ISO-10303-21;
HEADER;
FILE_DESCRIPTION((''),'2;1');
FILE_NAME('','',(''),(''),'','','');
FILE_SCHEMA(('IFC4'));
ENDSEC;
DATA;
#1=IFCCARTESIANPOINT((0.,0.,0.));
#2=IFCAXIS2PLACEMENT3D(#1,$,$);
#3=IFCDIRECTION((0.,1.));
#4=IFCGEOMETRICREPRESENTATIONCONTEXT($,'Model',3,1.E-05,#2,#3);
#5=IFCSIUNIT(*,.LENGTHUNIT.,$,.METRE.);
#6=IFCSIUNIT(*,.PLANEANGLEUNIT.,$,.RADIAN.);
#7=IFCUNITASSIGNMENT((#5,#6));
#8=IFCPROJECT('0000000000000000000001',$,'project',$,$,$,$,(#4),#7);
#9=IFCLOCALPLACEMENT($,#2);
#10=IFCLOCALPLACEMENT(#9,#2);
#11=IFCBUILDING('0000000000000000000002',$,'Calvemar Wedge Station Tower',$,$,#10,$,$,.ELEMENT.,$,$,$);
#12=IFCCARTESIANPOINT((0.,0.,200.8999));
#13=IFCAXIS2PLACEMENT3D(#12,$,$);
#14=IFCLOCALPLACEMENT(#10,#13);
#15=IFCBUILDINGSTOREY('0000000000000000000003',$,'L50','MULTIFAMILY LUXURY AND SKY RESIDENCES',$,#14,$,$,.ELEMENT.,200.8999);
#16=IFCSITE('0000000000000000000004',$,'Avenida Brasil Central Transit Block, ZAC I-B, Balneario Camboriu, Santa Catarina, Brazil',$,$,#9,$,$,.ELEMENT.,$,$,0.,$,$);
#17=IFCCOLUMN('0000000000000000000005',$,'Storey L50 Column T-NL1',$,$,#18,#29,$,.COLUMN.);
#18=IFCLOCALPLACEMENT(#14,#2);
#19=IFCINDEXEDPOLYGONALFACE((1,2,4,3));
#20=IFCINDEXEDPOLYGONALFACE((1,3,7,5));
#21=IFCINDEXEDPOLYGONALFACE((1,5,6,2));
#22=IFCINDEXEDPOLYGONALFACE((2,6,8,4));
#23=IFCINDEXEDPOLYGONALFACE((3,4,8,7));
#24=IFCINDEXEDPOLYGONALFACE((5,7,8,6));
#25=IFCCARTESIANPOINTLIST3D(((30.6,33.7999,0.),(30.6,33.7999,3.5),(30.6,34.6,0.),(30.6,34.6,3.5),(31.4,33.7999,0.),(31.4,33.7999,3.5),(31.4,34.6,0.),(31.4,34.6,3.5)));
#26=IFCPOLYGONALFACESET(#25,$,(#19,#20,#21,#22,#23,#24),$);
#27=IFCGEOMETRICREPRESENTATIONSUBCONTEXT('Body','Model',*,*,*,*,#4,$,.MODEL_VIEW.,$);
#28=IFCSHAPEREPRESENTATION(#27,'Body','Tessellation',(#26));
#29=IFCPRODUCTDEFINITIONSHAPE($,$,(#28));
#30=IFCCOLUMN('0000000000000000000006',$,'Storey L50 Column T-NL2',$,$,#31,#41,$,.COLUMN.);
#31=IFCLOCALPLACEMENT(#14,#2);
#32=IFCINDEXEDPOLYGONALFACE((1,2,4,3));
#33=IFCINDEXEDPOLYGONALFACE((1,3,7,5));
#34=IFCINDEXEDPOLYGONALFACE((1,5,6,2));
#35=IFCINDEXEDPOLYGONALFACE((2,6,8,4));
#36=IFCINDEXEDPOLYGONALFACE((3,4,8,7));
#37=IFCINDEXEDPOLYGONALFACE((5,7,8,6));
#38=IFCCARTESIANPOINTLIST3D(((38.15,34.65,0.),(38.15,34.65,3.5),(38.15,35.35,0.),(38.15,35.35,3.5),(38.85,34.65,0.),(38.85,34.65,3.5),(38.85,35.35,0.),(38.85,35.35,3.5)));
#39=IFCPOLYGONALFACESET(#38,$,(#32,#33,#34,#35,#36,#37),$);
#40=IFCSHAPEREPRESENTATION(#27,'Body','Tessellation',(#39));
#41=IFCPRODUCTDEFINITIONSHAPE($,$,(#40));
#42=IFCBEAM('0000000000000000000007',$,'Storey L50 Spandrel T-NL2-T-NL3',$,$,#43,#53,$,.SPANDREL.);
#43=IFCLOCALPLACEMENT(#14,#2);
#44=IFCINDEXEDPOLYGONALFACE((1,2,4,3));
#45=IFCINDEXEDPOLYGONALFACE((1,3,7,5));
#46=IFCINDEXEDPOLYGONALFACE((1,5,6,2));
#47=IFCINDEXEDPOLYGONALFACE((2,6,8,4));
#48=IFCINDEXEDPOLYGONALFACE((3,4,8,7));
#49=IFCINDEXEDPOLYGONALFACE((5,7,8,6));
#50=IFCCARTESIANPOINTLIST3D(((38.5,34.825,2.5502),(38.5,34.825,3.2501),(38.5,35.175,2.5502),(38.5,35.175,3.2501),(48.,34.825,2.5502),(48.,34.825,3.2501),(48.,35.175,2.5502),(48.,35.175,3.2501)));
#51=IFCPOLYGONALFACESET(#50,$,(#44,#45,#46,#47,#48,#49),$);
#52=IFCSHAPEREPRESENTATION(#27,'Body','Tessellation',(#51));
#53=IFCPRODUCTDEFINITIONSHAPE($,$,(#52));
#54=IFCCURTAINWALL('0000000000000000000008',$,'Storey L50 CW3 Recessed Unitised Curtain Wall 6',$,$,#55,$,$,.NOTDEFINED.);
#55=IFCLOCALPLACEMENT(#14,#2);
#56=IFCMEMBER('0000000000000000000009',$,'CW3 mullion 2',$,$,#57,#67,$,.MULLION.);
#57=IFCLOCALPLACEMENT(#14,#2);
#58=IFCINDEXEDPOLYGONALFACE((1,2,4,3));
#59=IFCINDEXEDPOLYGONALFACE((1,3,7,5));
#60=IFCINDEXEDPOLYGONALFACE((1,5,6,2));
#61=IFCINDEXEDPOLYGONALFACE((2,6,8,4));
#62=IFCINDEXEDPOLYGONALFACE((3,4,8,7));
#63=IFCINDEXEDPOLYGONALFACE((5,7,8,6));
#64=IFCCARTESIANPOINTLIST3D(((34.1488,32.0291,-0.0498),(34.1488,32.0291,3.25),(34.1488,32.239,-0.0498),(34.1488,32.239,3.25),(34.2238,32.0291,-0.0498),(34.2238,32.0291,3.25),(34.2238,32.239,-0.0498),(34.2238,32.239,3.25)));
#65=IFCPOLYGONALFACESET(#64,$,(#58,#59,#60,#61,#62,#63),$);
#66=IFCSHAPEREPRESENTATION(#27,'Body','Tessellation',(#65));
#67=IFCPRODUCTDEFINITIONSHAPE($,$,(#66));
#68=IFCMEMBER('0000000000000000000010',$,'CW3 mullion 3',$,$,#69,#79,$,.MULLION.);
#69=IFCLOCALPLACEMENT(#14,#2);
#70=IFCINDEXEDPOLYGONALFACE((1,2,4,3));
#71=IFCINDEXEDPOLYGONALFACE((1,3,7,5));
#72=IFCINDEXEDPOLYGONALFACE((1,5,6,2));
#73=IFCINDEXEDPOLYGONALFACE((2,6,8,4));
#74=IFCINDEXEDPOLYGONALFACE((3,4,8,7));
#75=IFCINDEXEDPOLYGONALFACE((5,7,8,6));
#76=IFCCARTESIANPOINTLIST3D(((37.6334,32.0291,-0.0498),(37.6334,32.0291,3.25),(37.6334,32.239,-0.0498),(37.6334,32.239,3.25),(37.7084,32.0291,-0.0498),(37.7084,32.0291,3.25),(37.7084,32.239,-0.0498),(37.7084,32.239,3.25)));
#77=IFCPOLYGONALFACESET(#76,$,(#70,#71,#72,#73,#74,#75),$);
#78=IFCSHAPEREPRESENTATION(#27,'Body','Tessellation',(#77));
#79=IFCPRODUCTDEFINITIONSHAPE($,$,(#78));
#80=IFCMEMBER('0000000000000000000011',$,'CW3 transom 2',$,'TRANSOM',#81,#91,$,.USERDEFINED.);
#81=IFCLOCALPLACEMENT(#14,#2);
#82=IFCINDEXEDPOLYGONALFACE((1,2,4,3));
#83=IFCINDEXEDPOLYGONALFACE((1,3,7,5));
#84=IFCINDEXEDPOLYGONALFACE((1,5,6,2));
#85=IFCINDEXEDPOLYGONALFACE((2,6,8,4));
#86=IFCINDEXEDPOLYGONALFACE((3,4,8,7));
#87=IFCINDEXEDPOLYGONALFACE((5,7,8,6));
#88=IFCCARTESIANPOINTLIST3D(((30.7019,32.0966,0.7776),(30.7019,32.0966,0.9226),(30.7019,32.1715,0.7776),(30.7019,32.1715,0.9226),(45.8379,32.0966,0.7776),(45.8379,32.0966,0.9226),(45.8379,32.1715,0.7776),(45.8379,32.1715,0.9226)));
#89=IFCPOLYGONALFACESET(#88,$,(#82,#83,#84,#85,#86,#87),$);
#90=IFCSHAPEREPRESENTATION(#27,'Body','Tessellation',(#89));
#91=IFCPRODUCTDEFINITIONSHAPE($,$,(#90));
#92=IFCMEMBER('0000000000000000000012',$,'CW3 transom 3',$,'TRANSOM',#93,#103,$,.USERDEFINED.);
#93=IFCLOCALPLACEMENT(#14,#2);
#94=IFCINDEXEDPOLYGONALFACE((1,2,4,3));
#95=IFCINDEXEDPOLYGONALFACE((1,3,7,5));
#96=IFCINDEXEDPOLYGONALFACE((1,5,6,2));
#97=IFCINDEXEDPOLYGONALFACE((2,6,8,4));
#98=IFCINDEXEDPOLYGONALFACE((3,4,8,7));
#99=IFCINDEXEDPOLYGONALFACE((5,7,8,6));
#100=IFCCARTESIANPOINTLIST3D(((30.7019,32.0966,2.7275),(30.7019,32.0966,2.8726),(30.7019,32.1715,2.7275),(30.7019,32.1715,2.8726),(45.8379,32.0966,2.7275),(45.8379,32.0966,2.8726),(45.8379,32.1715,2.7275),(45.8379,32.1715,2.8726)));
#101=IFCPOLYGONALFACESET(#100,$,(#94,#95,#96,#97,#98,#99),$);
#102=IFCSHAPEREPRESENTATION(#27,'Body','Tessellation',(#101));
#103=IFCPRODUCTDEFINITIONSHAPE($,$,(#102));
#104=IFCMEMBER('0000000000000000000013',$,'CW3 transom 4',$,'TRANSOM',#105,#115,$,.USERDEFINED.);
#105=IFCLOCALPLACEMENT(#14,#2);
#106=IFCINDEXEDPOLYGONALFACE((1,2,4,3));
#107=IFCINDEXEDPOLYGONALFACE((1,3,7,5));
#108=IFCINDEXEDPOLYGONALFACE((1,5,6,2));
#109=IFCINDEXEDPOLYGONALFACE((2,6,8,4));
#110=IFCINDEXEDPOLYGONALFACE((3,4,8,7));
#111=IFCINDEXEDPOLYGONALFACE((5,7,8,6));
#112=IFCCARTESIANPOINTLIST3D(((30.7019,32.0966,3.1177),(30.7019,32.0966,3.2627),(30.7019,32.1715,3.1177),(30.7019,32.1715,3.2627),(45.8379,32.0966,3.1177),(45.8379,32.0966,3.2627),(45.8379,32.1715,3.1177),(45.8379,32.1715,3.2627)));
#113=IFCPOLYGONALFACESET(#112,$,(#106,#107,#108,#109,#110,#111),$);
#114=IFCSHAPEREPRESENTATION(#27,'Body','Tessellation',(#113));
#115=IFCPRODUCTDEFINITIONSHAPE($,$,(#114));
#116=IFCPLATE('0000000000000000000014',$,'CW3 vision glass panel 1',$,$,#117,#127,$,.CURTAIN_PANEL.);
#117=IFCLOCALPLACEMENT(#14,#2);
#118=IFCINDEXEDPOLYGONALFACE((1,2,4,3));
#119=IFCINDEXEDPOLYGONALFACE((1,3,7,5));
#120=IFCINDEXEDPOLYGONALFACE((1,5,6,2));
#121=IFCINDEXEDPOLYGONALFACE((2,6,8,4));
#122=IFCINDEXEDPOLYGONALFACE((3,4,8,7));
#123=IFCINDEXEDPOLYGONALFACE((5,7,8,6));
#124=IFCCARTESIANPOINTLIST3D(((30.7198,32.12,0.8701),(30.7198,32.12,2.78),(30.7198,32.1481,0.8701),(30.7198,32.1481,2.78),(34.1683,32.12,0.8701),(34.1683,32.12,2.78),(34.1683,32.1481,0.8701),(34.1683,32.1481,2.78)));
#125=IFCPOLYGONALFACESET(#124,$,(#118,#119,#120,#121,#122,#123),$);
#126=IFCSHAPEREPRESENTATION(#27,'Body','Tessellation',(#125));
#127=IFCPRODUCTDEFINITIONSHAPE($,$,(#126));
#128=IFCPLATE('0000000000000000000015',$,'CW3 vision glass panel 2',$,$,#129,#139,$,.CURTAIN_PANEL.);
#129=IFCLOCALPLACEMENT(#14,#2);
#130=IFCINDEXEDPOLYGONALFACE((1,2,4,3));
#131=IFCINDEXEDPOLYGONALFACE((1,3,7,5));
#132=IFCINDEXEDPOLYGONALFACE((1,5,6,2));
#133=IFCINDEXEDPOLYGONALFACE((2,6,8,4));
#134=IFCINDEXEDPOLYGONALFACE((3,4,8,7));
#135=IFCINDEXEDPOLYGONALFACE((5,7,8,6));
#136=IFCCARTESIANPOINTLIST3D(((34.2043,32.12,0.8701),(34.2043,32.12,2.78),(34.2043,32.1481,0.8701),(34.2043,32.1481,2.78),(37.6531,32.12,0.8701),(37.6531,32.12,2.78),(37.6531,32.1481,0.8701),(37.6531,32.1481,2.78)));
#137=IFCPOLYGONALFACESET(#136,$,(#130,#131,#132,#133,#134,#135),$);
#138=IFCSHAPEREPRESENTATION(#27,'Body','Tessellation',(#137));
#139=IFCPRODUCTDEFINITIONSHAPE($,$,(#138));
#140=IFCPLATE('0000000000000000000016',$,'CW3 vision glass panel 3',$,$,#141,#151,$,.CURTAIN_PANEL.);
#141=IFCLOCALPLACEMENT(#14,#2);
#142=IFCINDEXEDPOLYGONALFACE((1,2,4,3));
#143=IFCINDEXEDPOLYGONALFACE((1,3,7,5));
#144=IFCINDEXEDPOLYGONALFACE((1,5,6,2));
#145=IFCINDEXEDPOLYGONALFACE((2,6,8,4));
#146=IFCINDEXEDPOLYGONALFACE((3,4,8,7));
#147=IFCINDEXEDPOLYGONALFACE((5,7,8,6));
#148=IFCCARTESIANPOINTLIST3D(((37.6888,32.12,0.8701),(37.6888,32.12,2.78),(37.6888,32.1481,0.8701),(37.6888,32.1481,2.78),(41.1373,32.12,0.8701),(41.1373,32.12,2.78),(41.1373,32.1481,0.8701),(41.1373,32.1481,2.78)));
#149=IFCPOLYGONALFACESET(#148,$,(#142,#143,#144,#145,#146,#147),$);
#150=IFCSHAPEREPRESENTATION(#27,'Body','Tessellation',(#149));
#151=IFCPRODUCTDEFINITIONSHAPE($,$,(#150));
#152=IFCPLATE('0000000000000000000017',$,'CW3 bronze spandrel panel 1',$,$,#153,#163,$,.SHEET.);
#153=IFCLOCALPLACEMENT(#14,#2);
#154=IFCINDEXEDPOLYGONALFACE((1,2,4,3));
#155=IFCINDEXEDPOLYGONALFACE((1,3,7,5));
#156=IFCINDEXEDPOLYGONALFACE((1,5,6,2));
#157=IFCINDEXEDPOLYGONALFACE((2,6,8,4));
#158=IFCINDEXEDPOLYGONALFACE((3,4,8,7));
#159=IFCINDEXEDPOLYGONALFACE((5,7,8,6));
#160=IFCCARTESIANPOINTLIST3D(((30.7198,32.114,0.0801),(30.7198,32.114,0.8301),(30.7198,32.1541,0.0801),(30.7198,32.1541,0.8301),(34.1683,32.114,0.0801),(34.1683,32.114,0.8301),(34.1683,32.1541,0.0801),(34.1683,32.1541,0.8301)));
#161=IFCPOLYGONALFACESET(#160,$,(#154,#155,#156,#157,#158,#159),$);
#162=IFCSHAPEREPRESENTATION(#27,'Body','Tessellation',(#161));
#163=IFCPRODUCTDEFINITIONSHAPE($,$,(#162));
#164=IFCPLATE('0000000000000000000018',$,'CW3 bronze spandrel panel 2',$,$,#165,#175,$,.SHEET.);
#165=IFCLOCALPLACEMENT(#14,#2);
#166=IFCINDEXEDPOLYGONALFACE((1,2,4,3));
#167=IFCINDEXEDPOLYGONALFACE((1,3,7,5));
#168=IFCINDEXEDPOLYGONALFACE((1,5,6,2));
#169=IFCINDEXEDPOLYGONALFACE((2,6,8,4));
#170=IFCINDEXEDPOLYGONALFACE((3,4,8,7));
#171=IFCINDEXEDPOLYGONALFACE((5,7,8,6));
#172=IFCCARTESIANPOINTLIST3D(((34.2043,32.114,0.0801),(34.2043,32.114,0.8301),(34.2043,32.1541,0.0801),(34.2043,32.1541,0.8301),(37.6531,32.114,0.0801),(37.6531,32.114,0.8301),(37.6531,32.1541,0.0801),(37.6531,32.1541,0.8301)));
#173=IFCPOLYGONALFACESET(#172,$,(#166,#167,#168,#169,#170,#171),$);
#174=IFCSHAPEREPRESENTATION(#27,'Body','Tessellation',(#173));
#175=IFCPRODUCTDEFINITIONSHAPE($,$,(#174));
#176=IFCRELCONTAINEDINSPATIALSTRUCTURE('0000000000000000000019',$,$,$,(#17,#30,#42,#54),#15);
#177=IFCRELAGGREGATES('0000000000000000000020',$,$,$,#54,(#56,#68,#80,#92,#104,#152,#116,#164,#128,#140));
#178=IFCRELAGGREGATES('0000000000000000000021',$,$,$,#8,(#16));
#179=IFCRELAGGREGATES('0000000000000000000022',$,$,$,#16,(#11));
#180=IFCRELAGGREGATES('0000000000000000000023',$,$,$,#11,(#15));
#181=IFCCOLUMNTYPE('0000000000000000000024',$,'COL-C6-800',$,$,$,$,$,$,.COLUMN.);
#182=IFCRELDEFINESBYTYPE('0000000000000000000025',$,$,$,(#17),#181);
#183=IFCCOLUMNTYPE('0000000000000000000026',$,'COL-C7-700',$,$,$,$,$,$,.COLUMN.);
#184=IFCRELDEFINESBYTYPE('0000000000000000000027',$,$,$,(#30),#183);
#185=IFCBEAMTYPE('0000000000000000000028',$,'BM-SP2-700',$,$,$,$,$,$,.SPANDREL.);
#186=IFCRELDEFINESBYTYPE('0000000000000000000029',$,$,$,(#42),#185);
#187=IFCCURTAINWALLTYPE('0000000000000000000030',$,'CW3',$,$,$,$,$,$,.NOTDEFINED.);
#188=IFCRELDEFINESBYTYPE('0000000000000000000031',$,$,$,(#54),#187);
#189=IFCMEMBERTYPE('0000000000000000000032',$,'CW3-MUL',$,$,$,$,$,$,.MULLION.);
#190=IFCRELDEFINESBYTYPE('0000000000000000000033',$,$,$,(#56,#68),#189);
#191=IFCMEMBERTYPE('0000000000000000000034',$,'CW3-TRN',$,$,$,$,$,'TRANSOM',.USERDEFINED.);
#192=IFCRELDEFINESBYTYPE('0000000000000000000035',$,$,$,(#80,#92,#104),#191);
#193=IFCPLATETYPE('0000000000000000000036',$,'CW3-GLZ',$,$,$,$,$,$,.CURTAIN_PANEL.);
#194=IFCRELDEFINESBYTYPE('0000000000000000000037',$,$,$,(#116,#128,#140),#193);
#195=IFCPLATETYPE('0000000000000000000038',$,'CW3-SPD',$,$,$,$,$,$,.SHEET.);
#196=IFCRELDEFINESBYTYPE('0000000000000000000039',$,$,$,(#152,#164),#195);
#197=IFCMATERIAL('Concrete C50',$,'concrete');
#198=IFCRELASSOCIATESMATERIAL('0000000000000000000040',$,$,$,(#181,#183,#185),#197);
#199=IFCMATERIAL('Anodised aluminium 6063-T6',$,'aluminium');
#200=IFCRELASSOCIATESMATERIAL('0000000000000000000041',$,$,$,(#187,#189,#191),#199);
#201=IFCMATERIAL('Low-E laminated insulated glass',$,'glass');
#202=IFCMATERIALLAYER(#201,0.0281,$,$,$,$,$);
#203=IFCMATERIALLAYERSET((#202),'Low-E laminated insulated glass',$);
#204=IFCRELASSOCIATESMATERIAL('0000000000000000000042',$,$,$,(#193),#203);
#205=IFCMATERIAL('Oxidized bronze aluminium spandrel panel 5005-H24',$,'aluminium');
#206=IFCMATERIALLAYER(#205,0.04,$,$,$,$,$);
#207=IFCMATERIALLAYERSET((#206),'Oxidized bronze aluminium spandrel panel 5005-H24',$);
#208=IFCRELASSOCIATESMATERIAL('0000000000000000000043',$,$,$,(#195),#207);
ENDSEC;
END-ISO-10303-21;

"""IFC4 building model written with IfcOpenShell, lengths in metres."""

from ifc_helpers import new_model, si_unit, direction, frame, frame_2d, origin, origin_2d, place, context, subcontext, project, spatial, rectangle, extrude, source, transform, mapped, material, layer, layer_set, material_profile, profile_set, type_object, element, aggregate, save


model = new_model("IFC4")

# Units and contexts
model_context = context("Model", 3, precision=1e-05, world=origin(), true_north=direction((0.0, 1.0)))
body_context = subcontext(model_context, "Body", "Model", "MODEL_VIEW")
ifc_project = project(units=[si_unit("LENGTHUNIT", "METRE"), si_unit("PLANEANGLEUNIT", "RADIAN")], contexts=[model_context])

# Site, building, storey
site_placement = place(None, origin())
site = spatial("IfcSite", under=ifc_project, at=site_placement, Name="Avenida Brasil Central Transit Block, ZAC I-B, Balneario Camboriu, Santa Catarina, Brazil", CompositionType="ELEMENT", RefElevation=0.0)
building_placement = place(site_placement, origin())
building = spatial("IfcBuilding", under=site, at=building_placement, Name="Calvemar Wedge Station Tower", CompositionType="ELEMENT")
storey_placement = place(building_placement, frame((0.0, 0.0, 200.8999)))
storey = spatial("IfcBuildingStorey", under=building, at=storey_placement, Name="L50", Description="MULTIFAMILY LUXURY AND SKY RESIDENCES", CompositionType="ELEMENT", Elevation=200.8999)

# Columns
ifc_material_1 = material(Name="Concrete C50", Category="concrete")
ifc_material_profile_1 = material_profile(ifc_material_1, rectangle(XDim=0.8, YDim=0.8, at=origin_2d()), Name="RC800x800")
ifc_profile_set_1 = profile_set([ifc_material_profile_1], Name="Concrete C50")
column_type_1 = type_object("IfcColumnType", Name="COL-C6-800", PredefinedType="COLUMN", material=ifc_profile_set_1)
shared_shape_1 = source(origin(), body_context, "Body", "SweptSolid", [
    extrude(rectangle(XDim=0.8, YDim=0.8, at=origin_2d()), origin(), (0.0, 0.0, 1.0), 3.5),
])
column_1_placement = place(storey_placement, frame((31.0, 34.2, 0.0), z_axis=(0.0, 0.0, 1.0), x_axis=(1.0, 0.0, 0.0)))
element("IfcColumn", 1, at=column_1_placement, inside=storey, type_object=column_type_1, Name="Storey L50 Column T-NL1", PredefinedType="COLUMN", context=body_context, shape_type="MappedRepresentation", body=[
    mapped(shared_shape_1, transform((0.0, 0.0, 0.0), scale=1.0)),
])
ifc_material_profile_2 = material_profile(ifc_material_1, rectangle(XDim=0.7, YDim=0.7, at=origin_2d()), Name="RC700x700")
ifc_profile_set_2 = profile_set([ifc_material_profile_2], Name="Concrete C50")
column_type_2 = type_object("IfcColumnType", Name="COL-C7-700", PredefinedType="COLUMN", material=ifc_profile_set_2)
shared_shape_2 = source(origin(), body_context, "Body", "SweptSolid", [
    extrude(rectangle(XDim=0.7, YDim=0.7, at=origin_2d()), origin(), (0.0, 0.0, 1.0), 3.5),
])
column_2_placement = place(storey_placement, frame((38.5, 35.0, 0.0), z_axis=(0.0, 0.0, 1.0), x_axis=(1.0, 0.0, 0.0)))
element("IfcColumn", 2, at=column_2_placement, inside=storey, type_object=column_type_2, Name="Storey L50 Column T-NL2", PredefinedType="COLUMN", context=body_context, shape_type="MappedRepresentation", body=[
    mapped(shared_shape_2, transform((0.0, 0.0, 0.0), scale=1.0)),
])

# Beam
ifc_material_profile_3 = material_profile(ifc_material_1, rectangle(XDim=0.3501, YDim=0.7, at=origin_2d()), Name="RC350x700")
ifc_profile_set_3 = profile_set([ifc_material_profile_3], Name="Concrete C50")
beam_type = type_object("IfcBeamType", Name="BM-SP2-700", PredefinedType="SPANDREL", material=ifc_profile_set_3)
shared_shape_3 = source(origin(), body_context, "Body", "SweptSolid", [
    extrude(rectangle(XDim=0.3501, YDim=0.7, at=origin_2d()), origin(), (0.0, 0.0, 1.0), 9.5),
])
beam_placement = place(storey_placement, frame((38.5, 35.0, 2.9001), z_axis=(1.0, 0.0, 0.0), x_axis=(0.0, 1.0, 0.0)))
element("IfcBeam", 3, at=beam_placement, inside=storey, type_object=beam_type, Name="Storey L50 Spandrel T-NL2-T-NL3", PredefinedType="SPANDREL", context=body_context, shape_type="MappedRepresentation", body=[
    mapped(shared_shape_3, transform((0.0, 0.0, 0.0), scale=1.0)),
])

# Curtain wall, members, plates
ifc_material_2 = material(Name="Anodised aluminium 6063-T6", Category="aluminium")
curtain_wall_type = type_object("IfcCurtainWallType", Name="CW3", PredefinedType="NOTDEFINED", material=ifc_material_2)
curtain_wall_placement = place(storey_placement, origin())
curtain_wall = element("IfcCurtainWall", 4, at=curtain_wall_placement, inside=storey, type_object=curtain_wall_type, Name="Storey L50 CW3 Recessed Unitised Curtain Wall 6", PredefinedType="NOTDEFINED")
ifc_material_profile_4 = material_profile(ifc_material_2, rectangle(XDim=0.075, YDim=0.21, at=origin_2d()), Name="AL-MUL-75x210")
ifc_profile_set_4 = profile_set([ifc_material_profile_4], Name="Anodised aluminium 6063-T6")
member_type_1 = type_object("IfcMemberType", Name="CW3-MUL", PredefinedType="MULLION", material=ifc_profile_set_4)
shared_shape_4 = source(origin(), body_context, "Body", "SweptSolid", [
    extrude(rectangle(XDim=0.075, YDim=0.21, at=origin_2d()), origin(), (0.0, 0.0, 1.0), 3.2998),
])
member_1_placement = place(storey_placement, frame((34.1863, 32.134, -0.0498), z_axis=(0.0, 0.0, 1.0), x_axis=(1.0, 0.0, 0.0)))
member_1 = element("IfcMember", 5, at=member_1_placement, type_object=member_type_1, Name="CW3 mullion 2", PredefinedType="MULLION", context=body_context, shape_type="MappedRepresentation", body=[
    mapped(shared_shape_4, transform((0.0, 0.0, 0.0), scale=1.0)),
])
member_2_placement = place(storey_placement, frame((37.6709, 32.134, -0.0498), z_axis=(0.0, 0.0, 1.0), x_axis=(1.0, 0.0, 0.0)))
member_2 = element("IfcMember", 6, at=member_2_placement, type_object=member_type_1, Name="CW3 mullion 3", PredefinedType="MULLION", context=body_context, shape_type="MappedRepresentation", body=[
    mapped(shared_shape_4, transform((0.0, 0.0, 0.0), scale=1.0)),
])
ifc_material_profile_5 = material_profile(ifc_material_2, rectangle(XDim=0.075, YDim=0.145, at=origin_2d()), Name="AL-TRN-75x145")
ifc_profile_set_5 = profile_set([ifc_material_profile_5], Name="Anodised aluminium 6063-T6")
member_type_2 = type_object("IfcMemberType", Name="CW3-TRN", ElementType="TRANSOM", PredefinedType="USERDEFINED", material=ifc_profile_set_5)
shared_shape_5 = source(origin(), body_context, "Body", "SweptSolid", [
    extrude(rectangle(XDim=0.075, YDim=0.145, at=origin_2d()), origin(), (0.0, 0.0, 1.0), 15.136),
])
member_3_placement = place(storey_placement, frame((30.7019, 32.134, 0.8501), z_axis=(1.0, 0.0, 0.0), x_axis=(0.0, 1.0, 0.0)))
member_3 = element("IfcMember", 7, at=member_3_placement, type_object=member_type_2, Name="CW3 transom 2", ObjectType="TRANSOM", PredefinedType="USERDEFINED", context=body_context, shape_type="MappedRepresentation", body=[
    mapped(shared_shape_5, transform((0.0, 0.0, 0.0), scale=1.0)),
])
member_4_placement = place(storey_placement, frame((30.7019, 32.134, 2.8), z_axis=(1.0, 0.0, 0.0), x_axis=(0.0, 1.0, 0.0)))
member_4 = element("IfcMember", 8, at=member_4_placement, type_object=member_type_2, Name="CW3 transom 3", ObjectType="TRANSOM", PredefinedType="USERDEFINED", context=body_context, shape_type="MappedRepresentation", body=[
    mapped(shared_shape_5, transform((0.0, 0.0, 0.0), scale=1.0)),
])
member_5_placement = place(storey_placement, frame((30.7019, 32.134, 3.1902), z_axis=(1.0, 0.0, 0.0), x_axis=(0.0, 1.0, 0.0)))
member_5 = element("IfcMember", 9, at=member_5_placement, type_object=member_type_2, Name="CW3 transom 4", ObjectType="TRANSOM", PredefinedType="USERDEFINED", context=body_context, shape_type="MappedRepresentation", body=[
    mapped(shared_shape_5, transform((0.0, 0.0, 0.0), scale=1.0)),
])
ifc_material_3 = material(Name="Low-E laminated insulated glass", Category="glass")
ifc_layer_1 = layer(ifc_material_3, 0.0281)
ifc_layer_set_1 = layer_set([ifc_layer_1], Name="Low-E laminated insulated glass")
plate_type_1 = type_object("IfcPlateType", Name="CW3-GLZ", PredefinedType="CURTAIN_PANEL", material=ifc_layer_set_1)
plate_1_placement = place(storey_placement, frame((30.72, 32.134, 0.8701), z_axis=(0.0, 0.0, 1.0), x_axis=(1.0, 0.0, 0.0)))
plate_1 = element("IfcPlate", 10, at=plate_1_placement, type_object=plate_type_1, Name="CW3 vision glass panel 1", PredefinedType="CURTAIN_PANEL", context=body_context, shape_type="SweptSolid", body=[
    extrude(rectangle(XDim=3.4485, YDim=0.0281, at=frame_2d((1.7241, 0.0))), origin(), (0.0, 0.0, 1.0), 1.9099),
])
plate_2_placement = place(storey_placement, frame((34.2043, 32.134, 0.8701), z_axis=(0.0, 0.0, 1.0), x_axis=(1.0, 0.0, 0.0)))
plate_2 = element("IfcPlate", 11, at=plate_2_placement, type_object=plate_type_1, Name="CW3 vision glass panel 2", PredefinedType="CURTAIN_PANEL", context=body_context, shape_type="SweptSolid", body=[
    extrude(rectangle(XDim=3.4487, YDim=0.0281, at=frame_2d((1.7244, 0.0))), origin(), (0.0, 0.0, 1.0), 1.9099),
])
plate_3_placement = place(storey_placement, frame((37.689, 32.134, 0.8701), z_axis=(0.0, 0.0, 1.0), x_axis=(1.0, 0.0, 0.0)))
plate_3 = element("IfcPlate", 12, at=plate_3_placement, type_object=plate_type_1, Name="CW3 vision glass panel 3", PredefinedType="CURTAIN_PANEL", context=body_context, shape_type="SweptSolid", body=[
    extrude(rectangle(XDim=3.4485, YDim=0.0281, at=frame_2d((1.7241, 0.0))), origin(), (0.0, 0.0, 1.0), 1.9099),
])
ifc_material_4 = material(Name="Oxidized bronze aluminium spandrel panel 5005-H24", Category="aluminium")
ifc_layer_2 = layer(ifc_material_4, 0.04)
ifc_layer_set_2 = layer_set([ifc_layer_2], Name="Oxidized bronze aluminium spandrel panel 5005-H24")
plate_type_2 = type_object("IfcPlateType", Name="CW3-SPD", PredefinedType="SHEET", material=ifc_layer_set_2)
plate_4_placement = place(storey_placement, frame((30.72, 32.134, 0.0801), z_axis=(0.0, 0.0, 1.0), x_axis=(1.0, 0.0, 0.0)))
plate_4 = element("IfcPlate", 13, at=plate_4_placement, type_object=plate_type_2, Name="CW3 bronze spandrel panel 1", PredefinedType="SHEET", context=body_context, shape_type="SweptSolid", body=[
    extrude(rectangle(XDim=3.4485, YDim=0.04, at=frame_2d((1.7241, 0.0))), origin(), (0.0, 0.0, 1.0), 0.75),
])
plate_5_placement = place(storey_placement, frame((34.2043, 32.134, 0.0801), z_axis=(0.0, 0.0, 1.0), x_axis=(1.0, 0.0, 0.0)))
plate_5 = element("IfcPlate", 14, at=plate_5_placement, type_object=plate_type_2, Name="CW3 bronze spandrel panel 2", PredefinedType="SHEET", context=body_context, shape_type="SweptSolid", body=[
    extrude(rectangle(XDim=3.4487, YDim=0.04, at=frame_2d((1.7244, 0.0))), origin(), (0.0, 0.0, 1.0), 0.75),
])
aggregate(curtain_wall, [member_1, member_2, member_3, member_4, member_5, plate_4, plate_1, plate_5, plate_2, plate_3])

save(model, "model.ifc")
